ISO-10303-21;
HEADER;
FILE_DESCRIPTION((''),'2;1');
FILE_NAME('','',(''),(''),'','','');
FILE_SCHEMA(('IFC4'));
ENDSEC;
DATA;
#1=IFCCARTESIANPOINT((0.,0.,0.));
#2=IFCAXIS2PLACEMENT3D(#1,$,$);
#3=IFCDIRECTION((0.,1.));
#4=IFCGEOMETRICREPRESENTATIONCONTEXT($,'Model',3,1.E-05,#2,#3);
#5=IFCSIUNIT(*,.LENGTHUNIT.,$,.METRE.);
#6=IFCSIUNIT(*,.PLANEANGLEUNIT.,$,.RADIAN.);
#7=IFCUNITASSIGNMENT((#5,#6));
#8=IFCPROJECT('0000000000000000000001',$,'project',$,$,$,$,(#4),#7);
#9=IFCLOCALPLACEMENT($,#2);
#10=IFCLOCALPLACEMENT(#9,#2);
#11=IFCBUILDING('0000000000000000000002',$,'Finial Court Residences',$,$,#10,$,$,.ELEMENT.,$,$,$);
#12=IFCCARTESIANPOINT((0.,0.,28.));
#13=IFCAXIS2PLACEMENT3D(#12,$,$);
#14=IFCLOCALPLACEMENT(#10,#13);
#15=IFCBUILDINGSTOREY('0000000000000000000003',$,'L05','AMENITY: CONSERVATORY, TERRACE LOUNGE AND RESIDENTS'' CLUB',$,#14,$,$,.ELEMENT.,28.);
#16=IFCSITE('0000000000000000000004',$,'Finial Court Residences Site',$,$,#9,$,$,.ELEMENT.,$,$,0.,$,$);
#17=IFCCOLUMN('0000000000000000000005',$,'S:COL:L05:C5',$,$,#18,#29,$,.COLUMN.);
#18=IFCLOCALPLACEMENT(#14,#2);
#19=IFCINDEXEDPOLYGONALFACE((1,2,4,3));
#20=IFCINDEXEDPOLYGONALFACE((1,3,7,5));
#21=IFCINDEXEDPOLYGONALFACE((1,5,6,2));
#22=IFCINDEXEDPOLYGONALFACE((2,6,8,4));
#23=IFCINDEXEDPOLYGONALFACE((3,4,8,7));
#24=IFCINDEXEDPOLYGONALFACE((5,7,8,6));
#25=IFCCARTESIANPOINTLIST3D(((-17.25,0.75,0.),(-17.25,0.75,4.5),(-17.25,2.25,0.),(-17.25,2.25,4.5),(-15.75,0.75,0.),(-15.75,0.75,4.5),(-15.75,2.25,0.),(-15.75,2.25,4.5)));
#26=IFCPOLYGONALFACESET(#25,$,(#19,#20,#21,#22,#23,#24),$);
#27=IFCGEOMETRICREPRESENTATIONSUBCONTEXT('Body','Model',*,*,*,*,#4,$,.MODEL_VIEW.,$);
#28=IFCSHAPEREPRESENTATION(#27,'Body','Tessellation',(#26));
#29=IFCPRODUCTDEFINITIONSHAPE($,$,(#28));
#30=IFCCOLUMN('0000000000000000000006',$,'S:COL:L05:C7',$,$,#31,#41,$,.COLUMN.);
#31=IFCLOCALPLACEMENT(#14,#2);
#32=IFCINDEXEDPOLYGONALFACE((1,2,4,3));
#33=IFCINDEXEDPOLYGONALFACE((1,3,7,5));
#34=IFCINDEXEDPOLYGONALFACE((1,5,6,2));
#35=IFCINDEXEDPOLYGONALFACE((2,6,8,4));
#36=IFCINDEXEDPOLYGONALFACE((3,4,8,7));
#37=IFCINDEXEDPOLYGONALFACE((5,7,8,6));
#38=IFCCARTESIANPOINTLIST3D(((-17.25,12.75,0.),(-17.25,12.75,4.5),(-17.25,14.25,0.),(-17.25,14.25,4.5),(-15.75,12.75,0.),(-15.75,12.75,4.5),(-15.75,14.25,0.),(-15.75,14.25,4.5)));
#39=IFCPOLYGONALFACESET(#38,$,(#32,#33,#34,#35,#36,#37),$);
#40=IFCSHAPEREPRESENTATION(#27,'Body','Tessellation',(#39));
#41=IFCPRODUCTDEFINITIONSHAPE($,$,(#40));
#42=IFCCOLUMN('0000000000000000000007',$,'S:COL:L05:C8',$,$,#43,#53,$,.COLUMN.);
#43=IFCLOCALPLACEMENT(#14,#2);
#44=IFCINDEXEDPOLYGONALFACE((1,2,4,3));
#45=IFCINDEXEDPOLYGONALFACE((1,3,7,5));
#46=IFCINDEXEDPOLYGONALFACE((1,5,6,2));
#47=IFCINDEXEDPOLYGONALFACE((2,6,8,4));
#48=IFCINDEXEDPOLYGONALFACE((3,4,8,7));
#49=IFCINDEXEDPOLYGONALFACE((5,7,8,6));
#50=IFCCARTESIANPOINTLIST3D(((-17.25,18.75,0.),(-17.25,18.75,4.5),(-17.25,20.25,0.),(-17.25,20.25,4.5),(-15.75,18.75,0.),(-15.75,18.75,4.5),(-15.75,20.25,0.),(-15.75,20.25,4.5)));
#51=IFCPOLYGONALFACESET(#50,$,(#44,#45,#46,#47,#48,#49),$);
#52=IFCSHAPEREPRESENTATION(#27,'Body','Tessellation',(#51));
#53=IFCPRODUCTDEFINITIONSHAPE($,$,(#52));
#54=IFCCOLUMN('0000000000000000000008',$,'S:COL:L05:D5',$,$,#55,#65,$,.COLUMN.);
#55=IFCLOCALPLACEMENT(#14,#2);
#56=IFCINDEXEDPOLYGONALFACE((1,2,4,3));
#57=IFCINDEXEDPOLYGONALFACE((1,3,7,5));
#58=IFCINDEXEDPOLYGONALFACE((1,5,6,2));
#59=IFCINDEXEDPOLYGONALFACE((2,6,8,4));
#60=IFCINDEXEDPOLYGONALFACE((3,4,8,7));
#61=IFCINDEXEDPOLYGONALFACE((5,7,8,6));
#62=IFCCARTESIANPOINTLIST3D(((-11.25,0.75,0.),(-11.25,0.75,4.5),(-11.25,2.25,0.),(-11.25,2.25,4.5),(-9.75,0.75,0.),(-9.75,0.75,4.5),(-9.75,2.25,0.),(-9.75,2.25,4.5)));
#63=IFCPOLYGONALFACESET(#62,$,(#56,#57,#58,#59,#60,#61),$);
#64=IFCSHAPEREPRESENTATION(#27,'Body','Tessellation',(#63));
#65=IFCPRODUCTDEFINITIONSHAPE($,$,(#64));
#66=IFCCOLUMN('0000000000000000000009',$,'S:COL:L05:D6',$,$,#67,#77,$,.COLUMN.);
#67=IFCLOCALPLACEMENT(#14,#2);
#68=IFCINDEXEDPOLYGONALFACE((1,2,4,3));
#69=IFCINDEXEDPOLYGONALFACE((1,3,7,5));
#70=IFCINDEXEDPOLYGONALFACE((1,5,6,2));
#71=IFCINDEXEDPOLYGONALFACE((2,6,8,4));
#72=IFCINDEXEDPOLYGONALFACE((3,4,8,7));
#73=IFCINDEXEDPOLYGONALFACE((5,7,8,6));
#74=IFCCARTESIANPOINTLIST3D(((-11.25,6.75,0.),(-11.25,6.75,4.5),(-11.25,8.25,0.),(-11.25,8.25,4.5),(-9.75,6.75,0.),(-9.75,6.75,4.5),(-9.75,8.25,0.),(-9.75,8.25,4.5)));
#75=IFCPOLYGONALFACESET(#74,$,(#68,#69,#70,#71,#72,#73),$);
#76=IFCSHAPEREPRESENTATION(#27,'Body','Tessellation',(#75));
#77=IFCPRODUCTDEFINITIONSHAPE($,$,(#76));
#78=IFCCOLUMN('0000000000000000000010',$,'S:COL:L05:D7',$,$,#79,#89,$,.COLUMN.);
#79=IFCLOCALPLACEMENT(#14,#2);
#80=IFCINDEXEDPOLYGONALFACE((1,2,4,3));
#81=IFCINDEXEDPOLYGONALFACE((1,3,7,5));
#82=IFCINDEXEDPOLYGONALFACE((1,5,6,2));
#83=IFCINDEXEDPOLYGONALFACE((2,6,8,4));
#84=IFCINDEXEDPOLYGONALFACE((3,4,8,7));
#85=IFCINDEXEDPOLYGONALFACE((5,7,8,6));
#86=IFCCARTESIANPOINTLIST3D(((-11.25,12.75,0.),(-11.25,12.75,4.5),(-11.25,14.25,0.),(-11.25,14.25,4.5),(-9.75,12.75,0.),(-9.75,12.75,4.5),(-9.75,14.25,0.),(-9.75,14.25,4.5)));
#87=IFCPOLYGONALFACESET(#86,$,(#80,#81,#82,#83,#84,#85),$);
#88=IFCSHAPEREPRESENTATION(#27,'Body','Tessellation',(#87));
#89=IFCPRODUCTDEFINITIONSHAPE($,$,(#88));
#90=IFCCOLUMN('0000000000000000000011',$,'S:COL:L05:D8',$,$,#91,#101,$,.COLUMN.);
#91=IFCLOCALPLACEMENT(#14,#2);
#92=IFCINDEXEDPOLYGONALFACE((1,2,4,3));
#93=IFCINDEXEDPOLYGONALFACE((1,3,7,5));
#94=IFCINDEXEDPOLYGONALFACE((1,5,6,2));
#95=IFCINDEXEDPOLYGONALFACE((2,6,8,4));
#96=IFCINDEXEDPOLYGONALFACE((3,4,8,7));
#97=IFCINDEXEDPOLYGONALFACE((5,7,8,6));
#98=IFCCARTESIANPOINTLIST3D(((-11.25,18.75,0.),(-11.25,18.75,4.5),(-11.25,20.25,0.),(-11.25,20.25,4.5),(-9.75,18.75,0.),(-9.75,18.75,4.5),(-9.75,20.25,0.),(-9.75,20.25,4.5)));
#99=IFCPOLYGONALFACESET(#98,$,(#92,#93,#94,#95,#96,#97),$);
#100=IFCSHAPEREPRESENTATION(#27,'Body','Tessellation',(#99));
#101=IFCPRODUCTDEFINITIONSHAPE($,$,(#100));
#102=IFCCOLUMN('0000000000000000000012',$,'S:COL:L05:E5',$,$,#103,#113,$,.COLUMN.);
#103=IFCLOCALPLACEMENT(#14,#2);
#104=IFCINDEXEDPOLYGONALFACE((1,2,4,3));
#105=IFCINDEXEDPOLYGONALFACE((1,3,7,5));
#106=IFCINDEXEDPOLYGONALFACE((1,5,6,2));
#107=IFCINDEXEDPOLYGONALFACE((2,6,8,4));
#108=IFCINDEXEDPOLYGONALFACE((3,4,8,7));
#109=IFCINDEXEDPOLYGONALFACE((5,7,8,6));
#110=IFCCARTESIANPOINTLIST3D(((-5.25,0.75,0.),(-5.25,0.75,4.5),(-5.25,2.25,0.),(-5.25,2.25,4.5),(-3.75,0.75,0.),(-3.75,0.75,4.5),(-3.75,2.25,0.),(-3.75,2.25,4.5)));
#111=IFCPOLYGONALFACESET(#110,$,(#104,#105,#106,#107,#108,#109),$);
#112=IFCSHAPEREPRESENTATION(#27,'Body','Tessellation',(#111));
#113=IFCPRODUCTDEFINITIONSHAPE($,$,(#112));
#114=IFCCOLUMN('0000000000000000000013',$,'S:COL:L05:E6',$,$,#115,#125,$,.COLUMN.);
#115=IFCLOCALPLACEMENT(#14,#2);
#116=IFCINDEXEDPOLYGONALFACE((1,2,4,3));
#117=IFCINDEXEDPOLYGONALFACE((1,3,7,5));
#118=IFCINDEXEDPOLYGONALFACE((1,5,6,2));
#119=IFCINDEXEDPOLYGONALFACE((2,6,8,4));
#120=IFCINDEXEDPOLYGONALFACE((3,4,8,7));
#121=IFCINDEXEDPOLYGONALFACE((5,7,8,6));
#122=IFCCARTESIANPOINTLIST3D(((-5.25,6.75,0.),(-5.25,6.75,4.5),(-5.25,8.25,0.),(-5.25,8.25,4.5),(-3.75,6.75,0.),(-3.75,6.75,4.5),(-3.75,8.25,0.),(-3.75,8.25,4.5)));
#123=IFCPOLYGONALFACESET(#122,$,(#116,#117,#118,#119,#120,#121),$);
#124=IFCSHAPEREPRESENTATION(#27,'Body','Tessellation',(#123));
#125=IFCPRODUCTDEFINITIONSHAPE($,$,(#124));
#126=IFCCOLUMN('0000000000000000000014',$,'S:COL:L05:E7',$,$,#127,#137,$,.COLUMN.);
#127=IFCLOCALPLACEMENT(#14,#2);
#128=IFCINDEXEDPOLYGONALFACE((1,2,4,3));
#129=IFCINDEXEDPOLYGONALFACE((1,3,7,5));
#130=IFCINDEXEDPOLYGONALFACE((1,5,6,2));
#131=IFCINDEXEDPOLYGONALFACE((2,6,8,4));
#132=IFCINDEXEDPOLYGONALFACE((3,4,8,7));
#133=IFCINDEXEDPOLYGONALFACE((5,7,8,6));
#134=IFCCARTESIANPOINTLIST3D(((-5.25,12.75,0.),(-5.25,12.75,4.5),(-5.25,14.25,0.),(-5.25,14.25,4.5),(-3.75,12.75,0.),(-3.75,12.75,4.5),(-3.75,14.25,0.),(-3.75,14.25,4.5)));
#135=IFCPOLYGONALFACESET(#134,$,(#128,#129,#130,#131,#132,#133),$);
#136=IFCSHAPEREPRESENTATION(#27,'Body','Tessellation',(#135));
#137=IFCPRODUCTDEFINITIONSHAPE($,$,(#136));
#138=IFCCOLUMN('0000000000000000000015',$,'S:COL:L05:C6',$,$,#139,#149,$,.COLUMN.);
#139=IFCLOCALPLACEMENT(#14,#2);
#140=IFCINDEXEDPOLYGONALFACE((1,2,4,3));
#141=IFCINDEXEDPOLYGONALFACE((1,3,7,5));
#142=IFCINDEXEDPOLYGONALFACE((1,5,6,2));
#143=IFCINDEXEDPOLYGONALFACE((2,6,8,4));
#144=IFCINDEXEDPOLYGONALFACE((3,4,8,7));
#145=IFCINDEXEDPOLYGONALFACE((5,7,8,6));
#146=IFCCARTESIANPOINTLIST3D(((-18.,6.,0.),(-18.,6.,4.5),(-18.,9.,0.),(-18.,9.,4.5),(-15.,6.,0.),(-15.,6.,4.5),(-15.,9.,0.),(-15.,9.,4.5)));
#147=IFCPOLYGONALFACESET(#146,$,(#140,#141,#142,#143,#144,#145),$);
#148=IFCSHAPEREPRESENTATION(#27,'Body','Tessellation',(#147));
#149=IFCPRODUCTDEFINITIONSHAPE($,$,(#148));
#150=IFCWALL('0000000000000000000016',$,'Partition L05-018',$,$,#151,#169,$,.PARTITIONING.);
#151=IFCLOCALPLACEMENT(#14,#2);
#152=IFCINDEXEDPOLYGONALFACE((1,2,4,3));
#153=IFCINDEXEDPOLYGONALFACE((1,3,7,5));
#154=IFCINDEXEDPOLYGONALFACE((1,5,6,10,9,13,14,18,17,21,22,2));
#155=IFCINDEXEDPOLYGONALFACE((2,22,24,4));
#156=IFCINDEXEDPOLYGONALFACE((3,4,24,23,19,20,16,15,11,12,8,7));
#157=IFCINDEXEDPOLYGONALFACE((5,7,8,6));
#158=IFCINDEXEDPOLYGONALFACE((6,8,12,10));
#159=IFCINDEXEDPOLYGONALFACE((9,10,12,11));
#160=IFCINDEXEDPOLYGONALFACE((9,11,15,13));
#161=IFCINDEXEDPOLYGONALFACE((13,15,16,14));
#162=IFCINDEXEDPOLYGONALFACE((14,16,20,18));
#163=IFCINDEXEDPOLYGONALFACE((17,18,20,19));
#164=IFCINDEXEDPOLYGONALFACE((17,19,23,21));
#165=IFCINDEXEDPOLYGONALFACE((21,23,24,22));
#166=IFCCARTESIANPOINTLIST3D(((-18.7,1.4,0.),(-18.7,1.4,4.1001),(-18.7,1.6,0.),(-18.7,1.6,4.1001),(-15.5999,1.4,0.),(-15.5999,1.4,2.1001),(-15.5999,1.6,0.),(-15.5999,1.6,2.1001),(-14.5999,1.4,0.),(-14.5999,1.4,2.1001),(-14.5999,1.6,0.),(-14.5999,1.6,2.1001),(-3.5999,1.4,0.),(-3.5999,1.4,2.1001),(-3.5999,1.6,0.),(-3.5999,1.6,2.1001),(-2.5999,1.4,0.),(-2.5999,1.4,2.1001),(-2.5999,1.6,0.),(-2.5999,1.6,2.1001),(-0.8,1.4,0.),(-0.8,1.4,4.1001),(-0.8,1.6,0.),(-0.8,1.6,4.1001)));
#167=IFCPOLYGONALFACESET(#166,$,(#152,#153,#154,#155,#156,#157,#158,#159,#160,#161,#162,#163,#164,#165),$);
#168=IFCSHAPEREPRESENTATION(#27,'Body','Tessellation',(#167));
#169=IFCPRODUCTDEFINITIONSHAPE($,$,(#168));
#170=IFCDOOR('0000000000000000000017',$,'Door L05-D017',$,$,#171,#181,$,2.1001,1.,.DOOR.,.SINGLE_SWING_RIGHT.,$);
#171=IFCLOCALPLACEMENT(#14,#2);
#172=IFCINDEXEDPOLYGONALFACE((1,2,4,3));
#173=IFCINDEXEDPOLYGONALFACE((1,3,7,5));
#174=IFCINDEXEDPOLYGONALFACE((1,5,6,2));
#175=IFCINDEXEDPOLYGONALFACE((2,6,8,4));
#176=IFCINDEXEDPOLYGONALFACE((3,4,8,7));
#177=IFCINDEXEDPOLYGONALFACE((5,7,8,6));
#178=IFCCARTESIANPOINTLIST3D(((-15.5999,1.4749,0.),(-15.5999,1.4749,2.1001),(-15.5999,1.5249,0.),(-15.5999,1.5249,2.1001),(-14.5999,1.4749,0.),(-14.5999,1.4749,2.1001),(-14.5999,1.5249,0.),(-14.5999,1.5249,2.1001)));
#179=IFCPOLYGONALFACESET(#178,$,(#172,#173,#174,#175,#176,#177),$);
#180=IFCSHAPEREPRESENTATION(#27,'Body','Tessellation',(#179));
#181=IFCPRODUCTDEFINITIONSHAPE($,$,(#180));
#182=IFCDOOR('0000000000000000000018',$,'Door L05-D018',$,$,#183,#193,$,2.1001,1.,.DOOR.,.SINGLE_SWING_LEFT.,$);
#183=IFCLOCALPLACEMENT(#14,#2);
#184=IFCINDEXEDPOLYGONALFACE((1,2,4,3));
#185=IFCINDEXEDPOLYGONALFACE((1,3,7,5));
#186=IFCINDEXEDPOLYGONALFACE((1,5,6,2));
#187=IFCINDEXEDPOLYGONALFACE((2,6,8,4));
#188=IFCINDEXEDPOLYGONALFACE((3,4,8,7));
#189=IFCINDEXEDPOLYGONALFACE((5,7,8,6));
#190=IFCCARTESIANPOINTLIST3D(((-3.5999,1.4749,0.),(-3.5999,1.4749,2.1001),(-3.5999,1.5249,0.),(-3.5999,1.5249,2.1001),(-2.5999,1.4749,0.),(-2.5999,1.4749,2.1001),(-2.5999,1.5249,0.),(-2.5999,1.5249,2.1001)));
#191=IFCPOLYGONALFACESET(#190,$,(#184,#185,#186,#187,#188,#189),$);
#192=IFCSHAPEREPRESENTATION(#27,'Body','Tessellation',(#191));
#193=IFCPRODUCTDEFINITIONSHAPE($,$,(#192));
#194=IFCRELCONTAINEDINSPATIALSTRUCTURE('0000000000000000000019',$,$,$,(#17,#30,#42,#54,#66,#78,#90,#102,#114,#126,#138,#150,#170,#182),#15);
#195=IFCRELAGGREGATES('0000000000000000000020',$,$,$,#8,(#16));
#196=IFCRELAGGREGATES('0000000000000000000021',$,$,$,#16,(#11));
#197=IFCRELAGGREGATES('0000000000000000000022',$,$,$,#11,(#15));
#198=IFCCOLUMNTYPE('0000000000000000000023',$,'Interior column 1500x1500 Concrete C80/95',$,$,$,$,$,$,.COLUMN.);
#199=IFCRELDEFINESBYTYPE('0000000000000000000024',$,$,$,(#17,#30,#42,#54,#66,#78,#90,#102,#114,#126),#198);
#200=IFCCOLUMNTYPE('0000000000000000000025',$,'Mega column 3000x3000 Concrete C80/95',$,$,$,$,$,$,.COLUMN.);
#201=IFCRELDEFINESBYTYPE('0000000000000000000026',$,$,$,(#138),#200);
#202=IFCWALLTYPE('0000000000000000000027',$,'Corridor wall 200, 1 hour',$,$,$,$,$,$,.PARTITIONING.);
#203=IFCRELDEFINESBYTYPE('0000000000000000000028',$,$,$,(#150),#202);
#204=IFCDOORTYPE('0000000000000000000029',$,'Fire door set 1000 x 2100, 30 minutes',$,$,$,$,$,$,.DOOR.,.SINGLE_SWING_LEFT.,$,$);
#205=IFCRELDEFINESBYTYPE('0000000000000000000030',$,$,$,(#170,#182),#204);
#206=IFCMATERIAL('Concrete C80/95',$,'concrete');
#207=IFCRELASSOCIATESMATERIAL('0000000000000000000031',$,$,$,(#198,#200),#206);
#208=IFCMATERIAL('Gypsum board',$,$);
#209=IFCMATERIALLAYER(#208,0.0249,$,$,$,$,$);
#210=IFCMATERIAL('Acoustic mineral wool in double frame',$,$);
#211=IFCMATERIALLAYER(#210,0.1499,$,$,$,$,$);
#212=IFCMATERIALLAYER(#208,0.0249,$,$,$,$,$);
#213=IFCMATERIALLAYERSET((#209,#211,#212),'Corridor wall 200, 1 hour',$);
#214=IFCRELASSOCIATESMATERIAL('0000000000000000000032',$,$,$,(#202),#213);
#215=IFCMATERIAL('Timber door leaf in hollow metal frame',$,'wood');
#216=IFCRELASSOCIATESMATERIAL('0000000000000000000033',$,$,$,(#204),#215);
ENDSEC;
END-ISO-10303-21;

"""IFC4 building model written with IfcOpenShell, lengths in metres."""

from ifc_helpers import new_model, si_unit, direction, frame, frame_2d, origin, origin_2d, place, context, subcontext, project, spatial, rectangle, extrude, material, layer, layer_set, material_profile, profile_set, type_object, element, fill, save


model = new_model("IFC4")

# Units and contexts
model_context = context("Model", 3, precision=1e-05, world=origin(), true_north=direction((0.0, 1.0)))
body_context = subcontext(model_context, "Body", "Model", "MODEL_VIEW")
ifc_project = project(units=[si_unit("LENGTHUNIT", "METRE"), si_unit("PLANEANGLEUNIT", "RADIAN")], contexts=[model_context])

# Site, building, storey
site_placement = place(None, origin())
site = spatial("IfcSite", under=ifc_project, at=site_placement, Name="Finial Court Residences Site", CompositionType="ELEMENT", RefElevation=0.0)
building_placement = place(site_placement, origin())
building = spatial("IfcBuilding", under=site, at=building_placement, Name="Finial Court Residences", CompositionType="ELEMENT")
storey_placement = place(building_placement, frame((0.0, 0.0, 28.0)))
storey = spatial("IfcBuildingStorey", under=building, at=storey_placement, Name="L05", Description="AMENITY: CONSERVATORY, TERRACE LOUNGE AND RESIDENTS' CLUB", CompositionType="ELEMENT", Elevation=28.0)

# Columns
ifc_material_1 = material(Name="Concrete C80/95", Category="concrete")
ifc_material_profile_1 = material_profile(ifc_material_1, rectangle(XDim=1.5, YDim=1.5, at=origin_2d()), Name="1500x1500")
ifc_profile_set_1 = profile_set([ifc_material_profile_1], Name="Concrete C80/95")
column_type_1 = type_object("IfcColumnType", Name="Interior column 1500x1500 Concrete C80/95", PredefinedType="COLUMN", material=ifc_profile_set_1)
for number, where, z_axis, x_axis, name in (
    (1, (-16.5, 1.5, 0.0), (0.0, 0.0, 1.0), (1.0, 0.0, 0.0), "S:COL:L05:C5"),
    (2, (-16.5, 13.5, 0.0), (0.0, 0.0, 1.0), (1.0, 0.0, 0.0), "S:COL:L05:C7"),
    (3, (-16.5, 19.5, 0.0), (0.0, 0.0, 1.0), (1.0, 0.0, 0.0), "S:COL:L05:C8"),
    (4, (-10.5, 1.5, 0.0), (0.0, 0.0, 1.0), (1.0, 0.0, 0.0), "S:COL:L05:D5"),
    (5, (-10.5, 7.5, 0.0), (0.0, 0.0, 1.0), (1.0, 0.0, 0.0), "S:COL:L05:D6"),
    (6, (-10.5, 13.5, 0.0), (0.0, 0.0, 1.0), (1.0, 0.0, 0.0), "S:COL:L05:D7"),
    (7, (-10.5, 19.5, 0.0), (0.0, 0.0, 1.0), (1.0, 0.0, 0.0), "S:COL:L05:D8"),
    (8, (-4.5, 1.5, 0.0), (0.0, 0.0, 1.0), (1.0, 0.0, 0.0), "S:COL:L05:E5"),
    (9, (-4.5, 7.5, 0.0), (0.0, 0.0, 1.0), (1.0, 0.0, 0.0), "S:COL:L05:E6"),
    (10, (-4.5, 13.5, 0.0), (0.0, 0.0, 1.0), (1.0, 0.0, 0.0), "S:COL:L05:E7"),
):
    element("IfcColumn", number, at=place(storey_placement, frame(where, z_axis=z_axis, x_axis=x_axis)), inside=storey, type_object=column_type_1, Name=name, PredefinedType="COLUMN", context=body_context, shape_type="SweptSolid", body=[
        extrude(rectangle(XDim=1.5, YDim=1.5, at=origin_2d()), origin(), (0.0, 0.0, 1.0), 4.5),
    ])
ifc_material_profile_2 = material_profile(ifc_material_1, rectangle(XDim=3.0, YDim=3.0, at=origin_2d()), Name="3000x3000")
ifc_profile_set_2 = profile_set([ifc_material_profile_2], Name="Concrete C80/95")
column_type_2 = type_object("IfcColumnType", Name="Mega column 3000x3000 Concrete C80/95", PredefinedType="COLUMN", material=ifc_profile_set_2)
column_placement = place(storey_placement, frame((-16.5, 7.5, 0.0), z_axis=(0.0, 0.0, 1.0), x_axis=(1.0, 0.0, 0.0)))
element("IfcColumn", 11, at=column_placement, inside=storey, type_object=column_type_2, Name="S:COL:L05:C6", PredefinedType="COLUMN", context=body_context, shape_type="SweptSolid", body=[
    extrude(rectangle(XDim=3.0, YDim=3.0, at=origin_2d()), origin(), (0.0, 0.0, 1.0), 4.5),
])

# Wall, openings, doors
ifc_material_2 = material(Name="Gypsum board")
ifc_layer_1 = layer(ifc_material_2, 0.0249)
ifc_material_3 = material(Name="Acoustic mineral wool in double frame")
ifc_layer_2 = layer(ifc_material_3, 0.1499)
ifc_layer_3 = layer(ifc_material_2, 0.0249)
ifc_layer_set_1 = layer_set([ifc_layer_1, ifc_layer_2, ifc_layer_3], Name="Corridor wall 200, 1 hour")
wall_type_1 = type_object("IfcWallType", Name="Corridor wall 200, 1 hour", PredefinedType="PARTITIONING", material=ifc_layer_set_1)
wall_1_placement = place(storey_placement, frame((-18.7, 1.5, 0.0), z_axis=(0.0, 0.0, 1.0), x_axis=(1.0, 0.0, 0.0)))
wall_1 = element("IfcWall", 12, at=wall_1_placement, inside=storey, type_object=wall_type_1, Name="Partition L05-018", PredefinedType="PARTITIONING", context=body_context, shape_type="SweptSolid", body=[
    extrude(rectangle(XDim=17.8999, YDim=0.2, at=frame_2d((8.95, 0.0))), origin(), (0.0, 0.0, 1.0), 4.1001),
])
opening_1_placement = place(wall_1_placement, frame((3.1001, 0.0, 0.0)))
opening_1 = element("IfcOpeningElement", 13, at=opening_1_placement, cuts=wall_1, PredefinedType="OPENING", context=body_context, shape_type="SweptSolid", body=[
    extrude(rectangle(XDim=1.0, YDim=2.1001, at=frame_2d((0.5, 1.05))), frame((0.0, 0.1099, 0.0), z_axis=(0.0, -1.0, 0.0), x_axis=(1.0, 0.0, 0.0)), (0.0, 0.0, 1.0), 0.22),
])
opening_2_placement = place(wall_1_placement, frame((15.1001, 0.0, 0.0)))
opening_2 = element("IfcOpeningElement", 14, at=opening_2_placement, cuts=wall_1, PredefinedType="OPENING", context=body_context, shape_type="SweptSolid", body=[
    extrude(rectangle(XDim=1.0, YDim=2.1001, at=frame_2d((0.5, 1.05))), frame((0.0, 0.1099, 0.0), z_axis=(0.0, -1.0, 0.0), x_axis=(1.0, 0.0, 0.0)), (0.0, 0.0, 1.0), 0.22),
])
ifc_material_4 = material(Name="Timber door leaf in hollow metal frame", Category="wood")
door_type = type_object("IfcDoorType", Name="Fire door set 1000 x 2100, 30 minutes", OperationType="SINGLE_SWING_LEFT", PredefinedType="DOOR", material=ifc_material_4)
door_1_placement = place(opening_1_placement, origin())
door_1 = element("IfcDoor", 15, at=door_1_placement, inside=storey, type_object=door_type, Name="Door L05-D017", OperationType="SINGLE_SWING_RIGHT", OverallHeight=2.1001, OverallWidth=1.0, PredefinedType="DOOR", context=body_context, shape_type="SweptSolid", body=[
    extrude(rectangle(XDim=1.0, YDim=2.1001, at=frame_2d((0.5, 1.05))), frame((0.0, 0.0249, 0.0), z_axis=(0.0, -1.0, 0.0), x_axis=(1.0, 0.0, 0.0)), (0.0, 0.0, 1.0), 0.05),
])
fill(opening_1, door_1)
door_2_placement = place(opening_2_placement, origin())
door_2 = element("IfcDoor", 16, at=door_2_placement, inside=storey, type_object=door_type, Name="Door L05-D018", OperationType="SINGLE_SWING_LEFT", OverallHeight=2.1001, OverallWidth=1.0, PredefinedType="DOOR", context=body_context, shape_type="SweptSolid", body=[
    extrude(rectangle(XDim=1.0, YDim=2.1001, at=frame_2d((0.5, 1.05))), frame((0.0, 0.0249, 0.0), z_axis=(0.0, -1.0, 0.0), x_axis=(1.0, 0.0, 0.0)), (0.0, 0.0, 1.0), 0.05),
])
fill(opening_2, door_2)

save(model, "model.ifc")
